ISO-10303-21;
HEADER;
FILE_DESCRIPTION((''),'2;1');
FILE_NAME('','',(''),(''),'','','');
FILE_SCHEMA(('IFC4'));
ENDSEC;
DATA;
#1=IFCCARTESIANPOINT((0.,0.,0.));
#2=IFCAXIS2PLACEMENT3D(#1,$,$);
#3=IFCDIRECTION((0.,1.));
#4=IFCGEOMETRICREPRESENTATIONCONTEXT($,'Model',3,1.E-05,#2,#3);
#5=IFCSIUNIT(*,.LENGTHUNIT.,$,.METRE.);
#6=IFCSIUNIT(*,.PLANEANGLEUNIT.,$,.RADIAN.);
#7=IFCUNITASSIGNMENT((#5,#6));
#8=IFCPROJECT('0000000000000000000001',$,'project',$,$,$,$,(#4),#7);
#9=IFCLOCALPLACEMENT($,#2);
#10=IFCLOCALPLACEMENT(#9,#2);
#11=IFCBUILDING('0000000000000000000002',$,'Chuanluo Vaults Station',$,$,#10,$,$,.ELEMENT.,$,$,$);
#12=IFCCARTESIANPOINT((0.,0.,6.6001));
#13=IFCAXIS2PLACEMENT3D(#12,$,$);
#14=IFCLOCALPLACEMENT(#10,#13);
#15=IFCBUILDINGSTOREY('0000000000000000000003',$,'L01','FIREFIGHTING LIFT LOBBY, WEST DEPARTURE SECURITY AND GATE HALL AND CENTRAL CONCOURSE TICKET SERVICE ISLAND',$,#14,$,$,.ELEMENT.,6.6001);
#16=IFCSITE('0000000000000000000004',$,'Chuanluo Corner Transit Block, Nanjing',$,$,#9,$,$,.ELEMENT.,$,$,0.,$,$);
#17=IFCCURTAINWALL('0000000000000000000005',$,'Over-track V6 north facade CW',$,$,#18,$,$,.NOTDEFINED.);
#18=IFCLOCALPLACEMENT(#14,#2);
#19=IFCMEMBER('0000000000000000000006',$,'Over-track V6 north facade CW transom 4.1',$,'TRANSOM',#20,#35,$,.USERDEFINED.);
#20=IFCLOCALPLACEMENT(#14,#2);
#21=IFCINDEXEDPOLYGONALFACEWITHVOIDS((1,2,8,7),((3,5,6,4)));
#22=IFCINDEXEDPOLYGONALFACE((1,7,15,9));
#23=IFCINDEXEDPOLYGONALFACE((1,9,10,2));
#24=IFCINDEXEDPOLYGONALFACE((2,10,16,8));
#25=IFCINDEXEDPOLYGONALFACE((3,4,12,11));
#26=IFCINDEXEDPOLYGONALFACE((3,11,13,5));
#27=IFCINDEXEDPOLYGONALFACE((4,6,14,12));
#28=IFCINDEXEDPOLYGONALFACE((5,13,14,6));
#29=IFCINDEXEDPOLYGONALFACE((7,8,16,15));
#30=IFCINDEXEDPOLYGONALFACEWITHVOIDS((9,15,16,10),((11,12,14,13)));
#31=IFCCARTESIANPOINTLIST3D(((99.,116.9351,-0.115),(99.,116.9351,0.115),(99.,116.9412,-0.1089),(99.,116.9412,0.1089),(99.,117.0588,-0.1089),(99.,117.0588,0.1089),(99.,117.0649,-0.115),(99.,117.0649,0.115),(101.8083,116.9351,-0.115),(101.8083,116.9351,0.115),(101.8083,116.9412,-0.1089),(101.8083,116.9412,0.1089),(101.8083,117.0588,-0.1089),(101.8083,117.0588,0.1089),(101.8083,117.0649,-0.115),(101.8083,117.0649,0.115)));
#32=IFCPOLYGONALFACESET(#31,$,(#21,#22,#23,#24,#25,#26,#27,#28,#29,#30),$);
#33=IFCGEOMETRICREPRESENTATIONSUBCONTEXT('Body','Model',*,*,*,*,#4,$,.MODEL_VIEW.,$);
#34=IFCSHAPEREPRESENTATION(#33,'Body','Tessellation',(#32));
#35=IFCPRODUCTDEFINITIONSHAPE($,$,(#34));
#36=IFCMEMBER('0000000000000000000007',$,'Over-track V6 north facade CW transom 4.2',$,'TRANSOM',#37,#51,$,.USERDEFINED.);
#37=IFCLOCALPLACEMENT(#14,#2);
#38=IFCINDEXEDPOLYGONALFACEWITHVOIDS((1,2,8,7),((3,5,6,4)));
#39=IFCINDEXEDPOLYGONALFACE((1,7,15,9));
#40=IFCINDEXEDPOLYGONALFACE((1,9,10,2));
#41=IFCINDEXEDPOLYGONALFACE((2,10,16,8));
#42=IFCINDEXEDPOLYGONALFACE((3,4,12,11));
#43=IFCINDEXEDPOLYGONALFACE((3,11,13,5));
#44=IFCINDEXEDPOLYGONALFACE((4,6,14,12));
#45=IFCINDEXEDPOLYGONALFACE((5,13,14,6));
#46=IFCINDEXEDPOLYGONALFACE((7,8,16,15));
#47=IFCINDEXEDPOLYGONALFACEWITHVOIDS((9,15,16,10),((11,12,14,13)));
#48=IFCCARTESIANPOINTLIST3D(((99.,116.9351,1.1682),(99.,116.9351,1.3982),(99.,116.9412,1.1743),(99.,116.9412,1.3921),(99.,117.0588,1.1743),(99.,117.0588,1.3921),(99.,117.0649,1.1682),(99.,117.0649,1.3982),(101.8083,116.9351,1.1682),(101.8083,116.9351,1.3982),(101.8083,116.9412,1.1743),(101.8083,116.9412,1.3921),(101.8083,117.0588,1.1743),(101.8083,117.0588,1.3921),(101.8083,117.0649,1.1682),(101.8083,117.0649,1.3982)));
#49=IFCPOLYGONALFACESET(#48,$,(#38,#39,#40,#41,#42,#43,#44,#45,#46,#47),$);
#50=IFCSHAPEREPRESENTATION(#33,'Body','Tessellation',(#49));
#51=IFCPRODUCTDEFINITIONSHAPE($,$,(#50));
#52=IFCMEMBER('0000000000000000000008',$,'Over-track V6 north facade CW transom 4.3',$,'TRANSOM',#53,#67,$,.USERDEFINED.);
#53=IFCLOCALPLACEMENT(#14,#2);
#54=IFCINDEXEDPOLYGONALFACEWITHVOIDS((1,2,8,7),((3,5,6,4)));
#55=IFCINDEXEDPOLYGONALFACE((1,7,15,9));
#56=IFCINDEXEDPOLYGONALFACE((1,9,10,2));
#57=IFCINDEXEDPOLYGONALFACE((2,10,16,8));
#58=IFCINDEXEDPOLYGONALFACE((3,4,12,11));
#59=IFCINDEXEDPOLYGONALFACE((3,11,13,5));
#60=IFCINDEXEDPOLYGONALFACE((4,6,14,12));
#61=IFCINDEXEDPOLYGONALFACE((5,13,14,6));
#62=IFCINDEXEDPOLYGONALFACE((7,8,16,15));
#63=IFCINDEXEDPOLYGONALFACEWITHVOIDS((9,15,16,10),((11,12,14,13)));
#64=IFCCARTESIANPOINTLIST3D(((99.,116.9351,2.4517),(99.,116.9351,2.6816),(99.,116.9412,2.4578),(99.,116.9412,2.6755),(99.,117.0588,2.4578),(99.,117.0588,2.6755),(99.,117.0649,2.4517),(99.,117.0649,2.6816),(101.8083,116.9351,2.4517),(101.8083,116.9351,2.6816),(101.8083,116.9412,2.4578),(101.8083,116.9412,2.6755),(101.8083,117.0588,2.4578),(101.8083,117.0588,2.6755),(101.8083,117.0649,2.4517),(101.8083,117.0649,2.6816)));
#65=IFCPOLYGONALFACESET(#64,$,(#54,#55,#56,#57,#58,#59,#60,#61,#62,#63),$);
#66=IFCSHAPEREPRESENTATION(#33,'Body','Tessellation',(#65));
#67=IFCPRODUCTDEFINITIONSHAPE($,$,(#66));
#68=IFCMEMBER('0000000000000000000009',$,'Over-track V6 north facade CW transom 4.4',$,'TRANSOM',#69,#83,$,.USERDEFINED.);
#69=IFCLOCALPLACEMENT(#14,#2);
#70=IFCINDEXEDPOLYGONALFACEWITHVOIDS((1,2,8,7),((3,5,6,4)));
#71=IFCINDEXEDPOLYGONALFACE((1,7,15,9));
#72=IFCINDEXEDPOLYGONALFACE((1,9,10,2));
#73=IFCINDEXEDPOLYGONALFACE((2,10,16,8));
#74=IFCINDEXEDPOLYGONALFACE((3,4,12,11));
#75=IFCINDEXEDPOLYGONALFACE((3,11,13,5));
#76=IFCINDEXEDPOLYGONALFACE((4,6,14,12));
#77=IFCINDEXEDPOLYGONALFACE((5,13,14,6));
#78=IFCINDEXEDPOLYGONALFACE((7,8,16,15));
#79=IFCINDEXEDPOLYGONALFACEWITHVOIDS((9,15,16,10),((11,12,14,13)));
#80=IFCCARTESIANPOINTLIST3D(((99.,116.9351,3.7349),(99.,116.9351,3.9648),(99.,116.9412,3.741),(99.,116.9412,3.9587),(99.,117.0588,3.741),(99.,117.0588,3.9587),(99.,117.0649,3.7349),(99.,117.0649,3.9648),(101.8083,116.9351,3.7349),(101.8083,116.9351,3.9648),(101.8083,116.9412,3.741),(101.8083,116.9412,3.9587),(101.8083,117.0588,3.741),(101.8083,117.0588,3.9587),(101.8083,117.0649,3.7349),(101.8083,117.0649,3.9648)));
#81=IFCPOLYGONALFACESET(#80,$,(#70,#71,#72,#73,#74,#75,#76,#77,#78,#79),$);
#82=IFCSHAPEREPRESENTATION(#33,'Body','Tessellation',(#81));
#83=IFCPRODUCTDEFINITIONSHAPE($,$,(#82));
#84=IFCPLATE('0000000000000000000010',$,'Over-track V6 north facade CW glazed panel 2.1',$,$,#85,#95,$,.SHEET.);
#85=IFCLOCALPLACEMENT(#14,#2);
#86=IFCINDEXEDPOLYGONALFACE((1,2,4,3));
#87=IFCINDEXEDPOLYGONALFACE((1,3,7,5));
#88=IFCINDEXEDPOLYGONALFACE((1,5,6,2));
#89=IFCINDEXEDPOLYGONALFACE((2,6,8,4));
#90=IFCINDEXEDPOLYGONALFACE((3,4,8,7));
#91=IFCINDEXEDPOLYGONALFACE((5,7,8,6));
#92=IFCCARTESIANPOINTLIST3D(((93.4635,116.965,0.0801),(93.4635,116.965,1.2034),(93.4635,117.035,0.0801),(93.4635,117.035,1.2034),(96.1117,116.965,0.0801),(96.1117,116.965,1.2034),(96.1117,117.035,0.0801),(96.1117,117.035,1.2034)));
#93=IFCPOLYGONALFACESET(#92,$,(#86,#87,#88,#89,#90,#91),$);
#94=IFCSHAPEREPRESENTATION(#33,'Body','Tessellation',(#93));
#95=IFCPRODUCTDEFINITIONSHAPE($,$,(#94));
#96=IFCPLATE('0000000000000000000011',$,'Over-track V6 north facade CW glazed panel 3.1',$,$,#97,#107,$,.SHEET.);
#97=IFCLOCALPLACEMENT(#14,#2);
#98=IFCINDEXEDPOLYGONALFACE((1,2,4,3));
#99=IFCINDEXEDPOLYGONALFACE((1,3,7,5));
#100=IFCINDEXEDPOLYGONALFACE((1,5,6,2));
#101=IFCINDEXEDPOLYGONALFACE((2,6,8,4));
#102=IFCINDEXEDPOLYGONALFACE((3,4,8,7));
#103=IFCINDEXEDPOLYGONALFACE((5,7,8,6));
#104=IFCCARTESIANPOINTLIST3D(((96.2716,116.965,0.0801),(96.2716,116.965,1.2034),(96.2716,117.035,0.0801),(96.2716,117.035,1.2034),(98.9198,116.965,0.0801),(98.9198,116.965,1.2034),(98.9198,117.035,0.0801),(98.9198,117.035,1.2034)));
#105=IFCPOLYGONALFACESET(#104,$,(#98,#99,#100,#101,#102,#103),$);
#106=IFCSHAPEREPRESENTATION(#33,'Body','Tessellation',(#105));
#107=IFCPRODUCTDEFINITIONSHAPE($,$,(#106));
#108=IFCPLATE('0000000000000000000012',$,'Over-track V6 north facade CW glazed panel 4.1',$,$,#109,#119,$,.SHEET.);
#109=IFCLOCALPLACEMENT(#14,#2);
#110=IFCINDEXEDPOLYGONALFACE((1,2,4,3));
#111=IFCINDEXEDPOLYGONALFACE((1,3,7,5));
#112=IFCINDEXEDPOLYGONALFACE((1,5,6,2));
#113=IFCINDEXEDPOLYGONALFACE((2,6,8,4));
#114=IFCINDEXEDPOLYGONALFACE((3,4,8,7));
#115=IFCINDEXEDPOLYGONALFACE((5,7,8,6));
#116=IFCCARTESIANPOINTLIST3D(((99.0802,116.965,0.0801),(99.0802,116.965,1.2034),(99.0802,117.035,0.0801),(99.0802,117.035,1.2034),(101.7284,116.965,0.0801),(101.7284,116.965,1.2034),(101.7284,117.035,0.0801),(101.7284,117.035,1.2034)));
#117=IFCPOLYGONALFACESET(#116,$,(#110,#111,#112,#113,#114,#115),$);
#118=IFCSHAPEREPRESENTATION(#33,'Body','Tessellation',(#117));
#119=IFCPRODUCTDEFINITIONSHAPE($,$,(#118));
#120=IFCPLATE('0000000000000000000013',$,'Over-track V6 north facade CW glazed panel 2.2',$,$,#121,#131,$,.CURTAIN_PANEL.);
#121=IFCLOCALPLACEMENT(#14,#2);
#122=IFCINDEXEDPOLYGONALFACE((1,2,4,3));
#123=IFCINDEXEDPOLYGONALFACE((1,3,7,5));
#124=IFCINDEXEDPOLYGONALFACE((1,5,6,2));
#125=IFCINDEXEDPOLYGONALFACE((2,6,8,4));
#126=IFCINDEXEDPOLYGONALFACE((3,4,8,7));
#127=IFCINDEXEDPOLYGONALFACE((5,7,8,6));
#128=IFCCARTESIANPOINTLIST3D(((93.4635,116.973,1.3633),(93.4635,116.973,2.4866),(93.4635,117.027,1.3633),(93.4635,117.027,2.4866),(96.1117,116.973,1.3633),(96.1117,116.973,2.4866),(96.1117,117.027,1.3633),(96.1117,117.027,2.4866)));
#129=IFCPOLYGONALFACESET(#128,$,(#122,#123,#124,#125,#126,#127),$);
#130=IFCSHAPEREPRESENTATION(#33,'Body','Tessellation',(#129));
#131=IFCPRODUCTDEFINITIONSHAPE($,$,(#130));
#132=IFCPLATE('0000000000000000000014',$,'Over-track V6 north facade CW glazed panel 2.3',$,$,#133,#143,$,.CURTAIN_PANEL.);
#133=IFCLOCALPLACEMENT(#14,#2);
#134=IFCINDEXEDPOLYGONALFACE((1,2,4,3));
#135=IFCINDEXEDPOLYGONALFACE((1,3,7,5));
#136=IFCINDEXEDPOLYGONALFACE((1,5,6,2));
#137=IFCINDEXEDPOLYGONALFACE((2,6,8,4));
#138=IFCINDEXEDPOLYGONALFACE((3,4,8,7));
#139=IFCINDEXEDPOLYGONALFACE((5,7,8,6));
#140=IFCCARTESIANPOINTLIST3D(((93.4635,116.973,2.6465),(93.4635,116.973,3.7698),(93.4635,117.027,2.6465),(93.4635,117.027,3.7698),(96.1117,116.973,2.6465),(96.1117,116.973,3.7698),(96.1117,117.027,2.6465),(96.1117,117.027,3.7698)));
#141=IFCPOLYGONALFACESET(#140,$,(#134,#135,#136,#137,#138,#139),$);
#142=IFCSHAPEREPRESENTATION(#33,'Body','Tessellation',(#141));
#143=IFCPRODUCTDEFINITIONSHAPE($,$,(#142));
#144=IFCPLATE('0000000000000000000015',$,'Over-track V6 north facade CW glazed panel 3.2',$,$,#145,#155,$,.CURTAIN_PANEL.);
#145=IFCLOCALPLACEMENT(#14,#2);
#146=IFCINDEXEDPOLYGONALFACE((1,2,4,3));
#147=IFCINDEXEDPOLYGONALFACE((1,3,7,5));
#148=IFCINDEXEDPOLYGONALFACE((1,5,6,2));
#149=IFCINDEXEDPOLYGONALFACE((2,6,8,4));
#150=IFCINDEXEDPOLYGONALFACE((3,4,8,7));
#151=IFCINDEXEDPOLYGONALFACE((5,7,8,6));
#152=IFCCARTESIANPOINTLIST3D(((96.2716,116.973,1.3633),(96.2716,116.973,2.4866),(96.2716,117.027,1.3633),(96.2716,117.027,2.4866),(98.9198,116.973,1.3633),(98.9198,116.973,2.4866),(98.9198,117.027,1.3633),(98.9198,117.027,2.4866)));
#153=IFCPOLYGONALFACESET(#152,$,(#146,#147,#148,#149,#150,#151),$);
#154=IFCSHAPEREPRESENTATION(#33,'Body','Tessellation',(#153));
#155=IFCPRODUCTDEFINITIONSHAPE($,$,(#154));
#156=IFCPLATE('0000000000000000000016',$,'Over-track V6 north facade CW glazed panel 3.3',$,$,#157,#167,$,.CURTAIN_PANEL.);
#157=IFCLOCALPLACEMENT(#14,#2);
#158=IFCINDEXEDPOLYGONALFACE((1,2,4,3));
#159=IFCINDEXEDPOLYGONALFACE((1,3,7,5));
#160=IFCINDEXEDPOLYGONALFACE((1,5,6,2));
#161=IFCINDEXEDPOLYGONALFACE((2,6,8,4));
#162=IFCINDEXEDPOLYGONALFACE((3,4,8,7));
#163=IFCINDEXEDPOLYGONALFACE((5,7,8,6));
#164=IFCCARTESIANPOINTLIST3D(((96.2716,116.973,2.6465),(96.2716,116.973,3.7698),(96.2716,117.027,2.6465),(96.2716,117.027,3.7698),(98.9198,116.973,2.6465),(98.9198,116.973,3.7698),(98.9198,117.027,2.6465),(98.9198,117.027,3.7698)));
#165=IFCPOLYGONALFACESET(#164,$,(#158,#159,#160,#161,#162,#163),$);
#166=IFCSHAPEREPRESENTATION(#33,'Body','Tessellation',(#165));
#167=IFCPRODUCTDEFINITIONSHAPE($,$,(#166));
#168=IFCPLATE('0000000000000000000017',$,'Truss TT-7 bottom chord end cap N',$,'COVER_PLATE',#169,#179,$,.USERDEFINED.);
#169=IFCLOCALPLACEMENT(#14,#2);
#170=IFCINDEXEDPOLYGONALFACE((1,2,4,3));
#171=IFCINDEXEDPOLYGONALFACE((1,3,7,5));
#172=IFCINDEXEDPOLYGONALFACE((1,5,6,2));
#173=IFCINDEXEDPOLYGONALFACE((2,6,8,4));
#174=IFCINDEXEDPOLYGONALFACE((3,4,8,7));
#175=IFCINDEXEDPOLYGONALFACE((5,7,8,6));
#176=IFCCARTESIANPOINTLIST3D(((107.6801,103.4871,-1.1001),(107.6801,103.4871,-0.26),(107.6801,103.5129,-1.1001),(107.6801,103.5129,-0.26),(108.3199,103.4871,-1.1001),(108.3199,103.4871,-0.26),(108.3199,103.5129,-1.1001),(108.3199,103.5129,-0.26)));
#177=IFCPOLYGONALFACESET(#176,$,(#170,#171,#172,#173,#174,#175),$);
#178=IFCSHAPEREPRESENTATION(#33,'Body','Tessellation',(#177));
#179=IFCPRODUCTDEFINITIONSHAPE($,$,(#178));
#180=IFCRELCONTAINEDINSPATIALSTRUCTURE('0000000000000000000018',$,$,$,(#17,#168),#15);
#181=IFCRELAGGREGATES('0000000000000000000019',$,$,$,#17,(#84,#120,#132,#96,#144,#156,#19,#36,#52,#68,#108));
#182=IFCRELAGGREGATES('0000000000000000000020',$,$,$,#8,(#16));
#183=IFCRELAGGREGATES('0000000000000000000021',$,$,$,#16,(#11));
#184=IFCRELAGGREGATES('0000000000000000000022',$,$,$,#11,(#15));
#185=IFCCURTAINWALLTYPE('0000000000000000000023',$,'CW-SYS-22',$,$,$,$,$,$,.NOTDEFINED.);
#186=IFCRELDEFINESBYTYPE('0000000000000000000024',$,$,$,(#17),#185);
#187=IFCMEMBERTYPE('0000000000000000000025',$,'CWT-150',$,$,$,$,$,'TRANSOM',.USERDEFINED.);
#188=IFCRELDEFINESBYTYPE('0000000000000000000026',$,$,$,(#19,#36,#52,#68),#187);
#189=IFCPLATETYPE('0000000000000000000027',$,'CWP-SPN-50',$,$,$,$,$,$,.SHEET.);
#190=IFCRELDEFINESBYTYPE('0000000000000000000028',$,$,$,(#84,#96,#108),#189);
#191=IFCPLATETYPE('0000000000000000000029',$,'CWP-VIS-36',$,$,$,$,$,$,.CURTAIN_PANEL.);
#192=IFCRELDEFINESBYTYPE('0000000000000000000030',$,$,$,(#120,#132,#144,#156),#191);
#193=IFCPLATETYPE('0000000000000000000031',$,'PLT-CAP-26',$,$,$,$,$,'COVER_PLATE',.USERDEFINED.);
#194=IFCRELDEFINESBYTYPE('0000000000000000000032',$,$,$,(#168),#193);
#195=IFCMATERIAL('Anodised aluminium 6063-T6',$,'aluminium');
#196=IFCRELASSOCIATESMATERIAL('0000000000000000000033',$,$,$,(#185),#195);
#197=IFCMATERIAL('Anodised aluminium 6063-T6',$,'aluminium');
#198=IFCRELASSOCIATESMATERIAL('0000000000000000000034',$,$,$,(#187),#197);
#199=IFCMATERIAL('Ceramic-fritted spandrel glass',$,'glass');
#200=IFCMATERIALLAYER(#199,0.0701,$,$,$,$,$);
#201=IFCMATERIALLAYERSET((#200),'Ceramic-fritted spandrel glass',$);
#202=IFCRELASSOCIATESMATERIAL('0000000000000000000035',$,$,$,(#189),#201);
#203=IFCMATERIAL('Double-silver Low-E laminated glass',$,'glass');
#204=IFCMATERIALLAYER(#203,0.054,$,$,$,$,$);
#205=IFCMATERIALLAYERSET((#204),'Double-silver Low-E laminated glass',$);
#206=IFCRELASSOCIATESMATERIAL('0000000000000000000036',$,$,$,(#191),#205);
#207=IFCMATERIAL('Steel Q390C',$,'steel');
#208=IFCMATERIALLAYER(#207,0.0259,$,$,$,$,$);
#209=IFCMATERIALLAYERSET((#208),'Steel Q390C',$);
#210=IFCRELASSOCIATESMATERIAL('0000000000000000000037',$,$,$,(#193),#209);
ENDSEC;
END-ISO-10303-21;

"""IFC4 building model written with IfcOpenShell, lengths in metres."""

from ifc_helpers import new_model, si_unit, direction, frame, origin, origin_2d, place, context, subcontext, project, spatial, rectangle, hollow_rectangle, extrude, material, layer, layer_set, material_profile, profile_set, type_object, element, aggregate, save


model = new_model("IFC4")

# Units and contexts
model_context = context("Model", 3, precision=1e-05, world=origin(), true_north=direction((0.0, 1.0)))
body_context = subcontext(model_context, "Body", "Model", "MODEL_VIEW")
ifc_project = project(units=[si_unit("LENGTHUNIT", "METRE"), si_unit("PLANEANGLEUNIT", "RADIAN")], contexts=[model_context])

# Site, building, storey
site_placement = place(None, origin())
site = spatial("IfcSite", under=ifc_project, at=site_placement, Name="Chuanluo Corner Transit Block, Nanjing", CompositionType="ELEMENT", RefElevation=0.0)
building_placement = place(site_placement, origin())
building = spatial("IfcBuilding", under=site, at=building_placement, Name="Chuanluo Vaults Station", CompositionType="ELEMENT")
storey_placement = place(building_placement, frame((0.0, 0.0, 6.6001)))
storey = spatial("IfcBuildingStorey", under=building, at=storey_placement, Name="L01", Description="FIREFIGHTING LIFT LOBBY, WEST DEPARTURE SECURITY AND GATE HALL AND CENTRAL CONCOURSE TICKET SERVICE ISLAND", CompositionType="ELEMENT", Elevation=6.6001)

# Curtain wall, members, plates
ifc_material_1 = material(Name="Anodised aluminium 6063-T6", Category="aluminium")
curtain_wall_type = type_object("IfcCurtainWallType", Name="CW-SYS-22", PredefinedType="NOTDEFINED", material=ifc_material_1)
curtain_wall_placement = place(storey_placement, origin())
curtain_wall = element("IfcCurtainWall", 1, at=curtain_wall_placement, inside=storey, type_object=curtain_wall_type, Name="Over-track V6 north facade CW", PredefinedType="NOTDEFINED")
ifc_material_2 = material(Name="Anodised aluminium 6063-T6", Category="aluminium")
ifc_material_profile_1 = material_profile(ifc_material_2, hollow_rectangle(XDim=0.1299, YDim=0.23, WallThickness=0.0061, at=origin_2d()))
ifc_profile_set_1 = profile_set([ifc_material_profile_1], Name="Anodised aluminium 6063-T6")
member_type_1 = type_object("IfcMemberType", Name="CWT-150", ElementType="TRANSOM", PredefinedType="USERDEFINED", material=ifc_profile_set_1)
member_1_placement = place(storey_placement, frame((99.0, 117.0, 0.0), z_axis=(1.0, 0.0, 0.0), x_axis=(0.0, 1.0, 0.0)))
member_1 = element("IfcMember", 2, at=member_1_placement, type_object=member_type_1, Name="Over-track V6 north facade CW transom 4.1", ObjectType="TRANSOM", PredefinedType="USERDEFINED", context=body_context, shape_type="SweptSolid", body=[
    extrude(hollow_rectangle(XDim=0.1299, YDim=0.23, WallThickness=0.0061, at=origin_2d()), origin(), (0.0, 0.0, 1.0), 2.8083),
])
member_2_placement = place(storey_placement, frame((99.0, 117.0, 1.2832), z_axis=(1.0, 0.0, 0.0), x_axis=(0.0, 1.0, 0.0)))
member_2 = element("IfcMember", 3, at=member_2_placement, type_object=member_type_1, Name="Over-track V6 north facade CW transom 4.2", ObjectType="TRANSOM", PredefinedType="USERDEFINED", context=body_context, shape_type="SweptSolid", body=[
    extrude(hollow_rectangle(XDim=0.1299, YDim=0.23, WallThickness=0.0061, at=origin_2d()), origin(), (0.0, 0.0, 1.0), 2.8083),
])
member_3_placement = place(storey_placement, frame((99.0, 117.0, 2.5667), z_axis=(1.0, 0.0, 0.0), x_axis=(0.0, 1.0, 0.0)))
member_3 = element("IfcMember", 4, at=member_3_placement, type_object=member_type_1, Name="Over-track V6 north facade CW transom 4.3", ObjectType="TRANSOM", PredefinedType="USERDEFINED", context=body_context, shape_type="SweptSolid", body=[
    extrude(hollow_rectangle(XDim=0.1299, YDim=0.23, WallThickness=0.0061, at=origin_2d()), origin(), (0.0, 0.0, 1.0), 2.8083),
])
member_4_placement = place(storey_placement, frame((99.0, 117.0, 3.8499), z_axis=(1.0, 0.0, 0.0), x_axis=(0.0, 1.0, 0.0)))
member_4 = element("IfcMember", 5, at=member_4_placement, type_object=member_type_1, Name="Over-track V6 north facade CW transom 4.4", ObjectType="TRANSOM", PredefinedType="USERDEFINED", context=body_context, shape_type="SweptSolid", body=[
    extrude(hollow_rectangle(XDim=0.1299, YDim=0.23, WallThickness=0.0061, at=origin_2d()), origin(), (0.0, 0.0, 1.0), 2.8083),
])
ifc_material_3 = material(Name="Ceramic-fritted spandrel glass", Category="glass")
ifc_layer_1 = layer(ifc_material_3, 0.0701)
ifc_layer_set_1 = layer_set([ifc_layer_1], Name="Ceramic-fritted spandrel glass")
plate_type_1 = type_object("IfcPlateType", Name="CWP-SPN-50", PredefinedType="SHEET", material=ifc_layer_set_1)
plate_1_placement = place(storey_placement, frame((94.7876, 117.0, 0.0801), z_axis=(0.0, 0.0, 1.0), x_axis=(1.0, 0.0, 0.0)))
plate_1 = element("IfcPlate", 6, at=plate_1_placement, type_object=plate_type_1, Name="Over-track V6 north facade CW glazed panel 2.1", PredefinedType="SHEET", context=body_context, shape_type="SweptSolid", body=[
    extrude(rectangle(XDim=2.6482, YDim=0.0701, at=origin_2d()), origin(), (0.0, 0.0, 1.0), 1.1233),
])
plate_2_placement = place(storey_placement, frame((97.5957, 117.0, 0.0801), z_axis=(0.0, 0.0, 1.0), x_axis=(1.0, 0.0, 0.0)))
plate_2 = element("IfcPlate", 7, at=plate_2_placement, type_object=plate_type_1, Name="Over-track V6 north facade CW glazed panel 3.1", PredefinedType="SHEET", context=body_context, shape_type="SweptSolid", body=[
    extrude(rectangle(XDim=2.6482, YDim=0.0701, at=origin_2d()), origin(), (0.0, 0.0, 1.0), 1.1233),
])
plate_3_placement = place(storey_placement, frame((100.4043, 117.0, 0.0801), z_axis=(0.0, 0.0, 1.0), x_axis=(1.0, 0.0, 0.0)))
plate_3 = element("IfcPlate", 8, at=plate_3_placement, type_object=plate_type_1, Name="Over-track V6 north facade CW glazed panel 4.1", PredefinedType="SHEET", context=body_context, shape_type="SweptSolid", body=[
    extrude(rectangle(XDim=2.6482, YDim=0.0701, at=origin_2d()), origin(), (0.0, 0.0, 1.0), 1.1233),
])
ifc_material_4 = material(Name="Double-silver Low-E laminated glass", Category="glass")
ifc_layer_2 = layer(ifc_material_4, 0.054)
ifc_layer_set_2 = layer_set([ifc_layer_2], Name="Double-silver Low-E laminated glass")
plate_type_2 = type_object("IfcPlateType", Name="CWP-VIS-36", PredefinedType="CURTAIN_PANEL", material=ifc_layer_set_2)
plate_4_placement = place(storey_placement, frame((94.7876, 117.0, 1.3633), z_axis=(0.0, 0.0, 1.0), x_axis=(1.0, 0.0, 0.0)))
plate_4 = element("IfcPlate", 9, at=plate_4_placement, type_object=plate_type_2, Name="Over-track V6 north facade CW glazed panel 2.2", PredefinedType="CURTAIN_PANEL", context=body_context, shape_type="SweptSolid", body=[
    extrude(rectangle(XDim=2.6482, YDim=0.054, at=origin_2d()), origin(), (0.0, 0.0, 1.0), 1.1233),
])
plate_5_placement = place(storey_placement, frame((94.7876, 117.0, 2.6465), z_axis=(0.0, 0.0, 1.0), x_axis=(1.0, 0.0, 0.0)))
plate_5 = element("IfcPlate", 10, at=plate_5_placement, type_object=plate_type_2, Name="Over-track V6 north facade CW glazed panel 2.3", PredefinedType="CURTAIN_PANEL", context=body_context, shape_type="SweptSolid", body=[
    extrude(rectangle(XDim=2.6482, YDim=0.054, at=origin_2d()), origin(), (0.0, 0.0, 1.0), 1.1233),
])
plate_6_placement = place(storey_placement, frame((97.5957, 117.0, 1.3633), z_axis=(0.0, 0.0, 1.0), x_axis=(1.0, 0.0, 0.0)))
plate_6 = element("IfcPlate", 11, at=plate_6_placement, type_object=plate_type_2, Name="Over-track V6 north facade CW glazed panel 3.2", PredefinedType="CURTAIN_PANEL", context=body_context, shape_type="SweptSolid", body=[
    extrude(rectangle(XDim=2.6482, YDim=0.054, at=origin_2d()), origin(), (0.0, 0.0, 1.0), 1.1233),
])
plate_7_placement = place(storey_placement, frame((97.5957, 117.0, 2.6465), z_axis=(0.0, 0.0, 1.0), x_axis=(1.0, 0.0, 0.0)))
plate_7 = element("IfcPlate", 12, at=plate_7_placement, type_object=plate_type_2, Name="Over-track V6 north facade CW glazed panel 3.3", PredefinedType="CURTAIN_PANEL", context=body_context, shape_type="SweptSolid", body=[
    extrude(rectangle(XDim=2.6482, YDim=0.054, at=origin_2d()), origin(), (0.0, 0.0, 1.0), 1.1233),
])
aggregate(curtain_wall, [plate_1, plate_4, plate_5, plate_2, plate_6, plate_7, member_1, member_2, member_3, member_4, plate_3])

# Plate
ifc_material_5 = material(Name="Steel Q390C", Category="steel")
ifc_layer_3 = layer(ifc_material_5, 0.0259)
ifc_layer_set_3 = layer_set([ifc_layer_3], Name="Steel Q390C")
plate_type_3 = type_object("IfcPlateType", Name="PLT-CAP-26", ElementType="COVER_PLATE", PredefinedType="USERDEFINED", material=ifc_layer_set_3)
plate_8_placement = place(storey_placement, frame((108.0, 103.5, -1.1001), z_axis=(0.0, 0.0, 1.0), x_axis=(1.0, 0.0, 0.0)))
element("IfcPlate", 13, at=plate_8_placement, inside=storey, type_object=plate_type_3, Name="Truss TT-7 bottom chord end cap N", ObjectType="COVER_PLATE", PredefinedType="USERDEFINED", context=body_context, shape_type="SweptSolid", body=[
    extrude(rectangle(XDim=0.6399, YDim=0.0259, at=origin_2d()), origin(), (0.0, 0.0, 1.0), 0.8401),
])

save(model, "model.ifc")
